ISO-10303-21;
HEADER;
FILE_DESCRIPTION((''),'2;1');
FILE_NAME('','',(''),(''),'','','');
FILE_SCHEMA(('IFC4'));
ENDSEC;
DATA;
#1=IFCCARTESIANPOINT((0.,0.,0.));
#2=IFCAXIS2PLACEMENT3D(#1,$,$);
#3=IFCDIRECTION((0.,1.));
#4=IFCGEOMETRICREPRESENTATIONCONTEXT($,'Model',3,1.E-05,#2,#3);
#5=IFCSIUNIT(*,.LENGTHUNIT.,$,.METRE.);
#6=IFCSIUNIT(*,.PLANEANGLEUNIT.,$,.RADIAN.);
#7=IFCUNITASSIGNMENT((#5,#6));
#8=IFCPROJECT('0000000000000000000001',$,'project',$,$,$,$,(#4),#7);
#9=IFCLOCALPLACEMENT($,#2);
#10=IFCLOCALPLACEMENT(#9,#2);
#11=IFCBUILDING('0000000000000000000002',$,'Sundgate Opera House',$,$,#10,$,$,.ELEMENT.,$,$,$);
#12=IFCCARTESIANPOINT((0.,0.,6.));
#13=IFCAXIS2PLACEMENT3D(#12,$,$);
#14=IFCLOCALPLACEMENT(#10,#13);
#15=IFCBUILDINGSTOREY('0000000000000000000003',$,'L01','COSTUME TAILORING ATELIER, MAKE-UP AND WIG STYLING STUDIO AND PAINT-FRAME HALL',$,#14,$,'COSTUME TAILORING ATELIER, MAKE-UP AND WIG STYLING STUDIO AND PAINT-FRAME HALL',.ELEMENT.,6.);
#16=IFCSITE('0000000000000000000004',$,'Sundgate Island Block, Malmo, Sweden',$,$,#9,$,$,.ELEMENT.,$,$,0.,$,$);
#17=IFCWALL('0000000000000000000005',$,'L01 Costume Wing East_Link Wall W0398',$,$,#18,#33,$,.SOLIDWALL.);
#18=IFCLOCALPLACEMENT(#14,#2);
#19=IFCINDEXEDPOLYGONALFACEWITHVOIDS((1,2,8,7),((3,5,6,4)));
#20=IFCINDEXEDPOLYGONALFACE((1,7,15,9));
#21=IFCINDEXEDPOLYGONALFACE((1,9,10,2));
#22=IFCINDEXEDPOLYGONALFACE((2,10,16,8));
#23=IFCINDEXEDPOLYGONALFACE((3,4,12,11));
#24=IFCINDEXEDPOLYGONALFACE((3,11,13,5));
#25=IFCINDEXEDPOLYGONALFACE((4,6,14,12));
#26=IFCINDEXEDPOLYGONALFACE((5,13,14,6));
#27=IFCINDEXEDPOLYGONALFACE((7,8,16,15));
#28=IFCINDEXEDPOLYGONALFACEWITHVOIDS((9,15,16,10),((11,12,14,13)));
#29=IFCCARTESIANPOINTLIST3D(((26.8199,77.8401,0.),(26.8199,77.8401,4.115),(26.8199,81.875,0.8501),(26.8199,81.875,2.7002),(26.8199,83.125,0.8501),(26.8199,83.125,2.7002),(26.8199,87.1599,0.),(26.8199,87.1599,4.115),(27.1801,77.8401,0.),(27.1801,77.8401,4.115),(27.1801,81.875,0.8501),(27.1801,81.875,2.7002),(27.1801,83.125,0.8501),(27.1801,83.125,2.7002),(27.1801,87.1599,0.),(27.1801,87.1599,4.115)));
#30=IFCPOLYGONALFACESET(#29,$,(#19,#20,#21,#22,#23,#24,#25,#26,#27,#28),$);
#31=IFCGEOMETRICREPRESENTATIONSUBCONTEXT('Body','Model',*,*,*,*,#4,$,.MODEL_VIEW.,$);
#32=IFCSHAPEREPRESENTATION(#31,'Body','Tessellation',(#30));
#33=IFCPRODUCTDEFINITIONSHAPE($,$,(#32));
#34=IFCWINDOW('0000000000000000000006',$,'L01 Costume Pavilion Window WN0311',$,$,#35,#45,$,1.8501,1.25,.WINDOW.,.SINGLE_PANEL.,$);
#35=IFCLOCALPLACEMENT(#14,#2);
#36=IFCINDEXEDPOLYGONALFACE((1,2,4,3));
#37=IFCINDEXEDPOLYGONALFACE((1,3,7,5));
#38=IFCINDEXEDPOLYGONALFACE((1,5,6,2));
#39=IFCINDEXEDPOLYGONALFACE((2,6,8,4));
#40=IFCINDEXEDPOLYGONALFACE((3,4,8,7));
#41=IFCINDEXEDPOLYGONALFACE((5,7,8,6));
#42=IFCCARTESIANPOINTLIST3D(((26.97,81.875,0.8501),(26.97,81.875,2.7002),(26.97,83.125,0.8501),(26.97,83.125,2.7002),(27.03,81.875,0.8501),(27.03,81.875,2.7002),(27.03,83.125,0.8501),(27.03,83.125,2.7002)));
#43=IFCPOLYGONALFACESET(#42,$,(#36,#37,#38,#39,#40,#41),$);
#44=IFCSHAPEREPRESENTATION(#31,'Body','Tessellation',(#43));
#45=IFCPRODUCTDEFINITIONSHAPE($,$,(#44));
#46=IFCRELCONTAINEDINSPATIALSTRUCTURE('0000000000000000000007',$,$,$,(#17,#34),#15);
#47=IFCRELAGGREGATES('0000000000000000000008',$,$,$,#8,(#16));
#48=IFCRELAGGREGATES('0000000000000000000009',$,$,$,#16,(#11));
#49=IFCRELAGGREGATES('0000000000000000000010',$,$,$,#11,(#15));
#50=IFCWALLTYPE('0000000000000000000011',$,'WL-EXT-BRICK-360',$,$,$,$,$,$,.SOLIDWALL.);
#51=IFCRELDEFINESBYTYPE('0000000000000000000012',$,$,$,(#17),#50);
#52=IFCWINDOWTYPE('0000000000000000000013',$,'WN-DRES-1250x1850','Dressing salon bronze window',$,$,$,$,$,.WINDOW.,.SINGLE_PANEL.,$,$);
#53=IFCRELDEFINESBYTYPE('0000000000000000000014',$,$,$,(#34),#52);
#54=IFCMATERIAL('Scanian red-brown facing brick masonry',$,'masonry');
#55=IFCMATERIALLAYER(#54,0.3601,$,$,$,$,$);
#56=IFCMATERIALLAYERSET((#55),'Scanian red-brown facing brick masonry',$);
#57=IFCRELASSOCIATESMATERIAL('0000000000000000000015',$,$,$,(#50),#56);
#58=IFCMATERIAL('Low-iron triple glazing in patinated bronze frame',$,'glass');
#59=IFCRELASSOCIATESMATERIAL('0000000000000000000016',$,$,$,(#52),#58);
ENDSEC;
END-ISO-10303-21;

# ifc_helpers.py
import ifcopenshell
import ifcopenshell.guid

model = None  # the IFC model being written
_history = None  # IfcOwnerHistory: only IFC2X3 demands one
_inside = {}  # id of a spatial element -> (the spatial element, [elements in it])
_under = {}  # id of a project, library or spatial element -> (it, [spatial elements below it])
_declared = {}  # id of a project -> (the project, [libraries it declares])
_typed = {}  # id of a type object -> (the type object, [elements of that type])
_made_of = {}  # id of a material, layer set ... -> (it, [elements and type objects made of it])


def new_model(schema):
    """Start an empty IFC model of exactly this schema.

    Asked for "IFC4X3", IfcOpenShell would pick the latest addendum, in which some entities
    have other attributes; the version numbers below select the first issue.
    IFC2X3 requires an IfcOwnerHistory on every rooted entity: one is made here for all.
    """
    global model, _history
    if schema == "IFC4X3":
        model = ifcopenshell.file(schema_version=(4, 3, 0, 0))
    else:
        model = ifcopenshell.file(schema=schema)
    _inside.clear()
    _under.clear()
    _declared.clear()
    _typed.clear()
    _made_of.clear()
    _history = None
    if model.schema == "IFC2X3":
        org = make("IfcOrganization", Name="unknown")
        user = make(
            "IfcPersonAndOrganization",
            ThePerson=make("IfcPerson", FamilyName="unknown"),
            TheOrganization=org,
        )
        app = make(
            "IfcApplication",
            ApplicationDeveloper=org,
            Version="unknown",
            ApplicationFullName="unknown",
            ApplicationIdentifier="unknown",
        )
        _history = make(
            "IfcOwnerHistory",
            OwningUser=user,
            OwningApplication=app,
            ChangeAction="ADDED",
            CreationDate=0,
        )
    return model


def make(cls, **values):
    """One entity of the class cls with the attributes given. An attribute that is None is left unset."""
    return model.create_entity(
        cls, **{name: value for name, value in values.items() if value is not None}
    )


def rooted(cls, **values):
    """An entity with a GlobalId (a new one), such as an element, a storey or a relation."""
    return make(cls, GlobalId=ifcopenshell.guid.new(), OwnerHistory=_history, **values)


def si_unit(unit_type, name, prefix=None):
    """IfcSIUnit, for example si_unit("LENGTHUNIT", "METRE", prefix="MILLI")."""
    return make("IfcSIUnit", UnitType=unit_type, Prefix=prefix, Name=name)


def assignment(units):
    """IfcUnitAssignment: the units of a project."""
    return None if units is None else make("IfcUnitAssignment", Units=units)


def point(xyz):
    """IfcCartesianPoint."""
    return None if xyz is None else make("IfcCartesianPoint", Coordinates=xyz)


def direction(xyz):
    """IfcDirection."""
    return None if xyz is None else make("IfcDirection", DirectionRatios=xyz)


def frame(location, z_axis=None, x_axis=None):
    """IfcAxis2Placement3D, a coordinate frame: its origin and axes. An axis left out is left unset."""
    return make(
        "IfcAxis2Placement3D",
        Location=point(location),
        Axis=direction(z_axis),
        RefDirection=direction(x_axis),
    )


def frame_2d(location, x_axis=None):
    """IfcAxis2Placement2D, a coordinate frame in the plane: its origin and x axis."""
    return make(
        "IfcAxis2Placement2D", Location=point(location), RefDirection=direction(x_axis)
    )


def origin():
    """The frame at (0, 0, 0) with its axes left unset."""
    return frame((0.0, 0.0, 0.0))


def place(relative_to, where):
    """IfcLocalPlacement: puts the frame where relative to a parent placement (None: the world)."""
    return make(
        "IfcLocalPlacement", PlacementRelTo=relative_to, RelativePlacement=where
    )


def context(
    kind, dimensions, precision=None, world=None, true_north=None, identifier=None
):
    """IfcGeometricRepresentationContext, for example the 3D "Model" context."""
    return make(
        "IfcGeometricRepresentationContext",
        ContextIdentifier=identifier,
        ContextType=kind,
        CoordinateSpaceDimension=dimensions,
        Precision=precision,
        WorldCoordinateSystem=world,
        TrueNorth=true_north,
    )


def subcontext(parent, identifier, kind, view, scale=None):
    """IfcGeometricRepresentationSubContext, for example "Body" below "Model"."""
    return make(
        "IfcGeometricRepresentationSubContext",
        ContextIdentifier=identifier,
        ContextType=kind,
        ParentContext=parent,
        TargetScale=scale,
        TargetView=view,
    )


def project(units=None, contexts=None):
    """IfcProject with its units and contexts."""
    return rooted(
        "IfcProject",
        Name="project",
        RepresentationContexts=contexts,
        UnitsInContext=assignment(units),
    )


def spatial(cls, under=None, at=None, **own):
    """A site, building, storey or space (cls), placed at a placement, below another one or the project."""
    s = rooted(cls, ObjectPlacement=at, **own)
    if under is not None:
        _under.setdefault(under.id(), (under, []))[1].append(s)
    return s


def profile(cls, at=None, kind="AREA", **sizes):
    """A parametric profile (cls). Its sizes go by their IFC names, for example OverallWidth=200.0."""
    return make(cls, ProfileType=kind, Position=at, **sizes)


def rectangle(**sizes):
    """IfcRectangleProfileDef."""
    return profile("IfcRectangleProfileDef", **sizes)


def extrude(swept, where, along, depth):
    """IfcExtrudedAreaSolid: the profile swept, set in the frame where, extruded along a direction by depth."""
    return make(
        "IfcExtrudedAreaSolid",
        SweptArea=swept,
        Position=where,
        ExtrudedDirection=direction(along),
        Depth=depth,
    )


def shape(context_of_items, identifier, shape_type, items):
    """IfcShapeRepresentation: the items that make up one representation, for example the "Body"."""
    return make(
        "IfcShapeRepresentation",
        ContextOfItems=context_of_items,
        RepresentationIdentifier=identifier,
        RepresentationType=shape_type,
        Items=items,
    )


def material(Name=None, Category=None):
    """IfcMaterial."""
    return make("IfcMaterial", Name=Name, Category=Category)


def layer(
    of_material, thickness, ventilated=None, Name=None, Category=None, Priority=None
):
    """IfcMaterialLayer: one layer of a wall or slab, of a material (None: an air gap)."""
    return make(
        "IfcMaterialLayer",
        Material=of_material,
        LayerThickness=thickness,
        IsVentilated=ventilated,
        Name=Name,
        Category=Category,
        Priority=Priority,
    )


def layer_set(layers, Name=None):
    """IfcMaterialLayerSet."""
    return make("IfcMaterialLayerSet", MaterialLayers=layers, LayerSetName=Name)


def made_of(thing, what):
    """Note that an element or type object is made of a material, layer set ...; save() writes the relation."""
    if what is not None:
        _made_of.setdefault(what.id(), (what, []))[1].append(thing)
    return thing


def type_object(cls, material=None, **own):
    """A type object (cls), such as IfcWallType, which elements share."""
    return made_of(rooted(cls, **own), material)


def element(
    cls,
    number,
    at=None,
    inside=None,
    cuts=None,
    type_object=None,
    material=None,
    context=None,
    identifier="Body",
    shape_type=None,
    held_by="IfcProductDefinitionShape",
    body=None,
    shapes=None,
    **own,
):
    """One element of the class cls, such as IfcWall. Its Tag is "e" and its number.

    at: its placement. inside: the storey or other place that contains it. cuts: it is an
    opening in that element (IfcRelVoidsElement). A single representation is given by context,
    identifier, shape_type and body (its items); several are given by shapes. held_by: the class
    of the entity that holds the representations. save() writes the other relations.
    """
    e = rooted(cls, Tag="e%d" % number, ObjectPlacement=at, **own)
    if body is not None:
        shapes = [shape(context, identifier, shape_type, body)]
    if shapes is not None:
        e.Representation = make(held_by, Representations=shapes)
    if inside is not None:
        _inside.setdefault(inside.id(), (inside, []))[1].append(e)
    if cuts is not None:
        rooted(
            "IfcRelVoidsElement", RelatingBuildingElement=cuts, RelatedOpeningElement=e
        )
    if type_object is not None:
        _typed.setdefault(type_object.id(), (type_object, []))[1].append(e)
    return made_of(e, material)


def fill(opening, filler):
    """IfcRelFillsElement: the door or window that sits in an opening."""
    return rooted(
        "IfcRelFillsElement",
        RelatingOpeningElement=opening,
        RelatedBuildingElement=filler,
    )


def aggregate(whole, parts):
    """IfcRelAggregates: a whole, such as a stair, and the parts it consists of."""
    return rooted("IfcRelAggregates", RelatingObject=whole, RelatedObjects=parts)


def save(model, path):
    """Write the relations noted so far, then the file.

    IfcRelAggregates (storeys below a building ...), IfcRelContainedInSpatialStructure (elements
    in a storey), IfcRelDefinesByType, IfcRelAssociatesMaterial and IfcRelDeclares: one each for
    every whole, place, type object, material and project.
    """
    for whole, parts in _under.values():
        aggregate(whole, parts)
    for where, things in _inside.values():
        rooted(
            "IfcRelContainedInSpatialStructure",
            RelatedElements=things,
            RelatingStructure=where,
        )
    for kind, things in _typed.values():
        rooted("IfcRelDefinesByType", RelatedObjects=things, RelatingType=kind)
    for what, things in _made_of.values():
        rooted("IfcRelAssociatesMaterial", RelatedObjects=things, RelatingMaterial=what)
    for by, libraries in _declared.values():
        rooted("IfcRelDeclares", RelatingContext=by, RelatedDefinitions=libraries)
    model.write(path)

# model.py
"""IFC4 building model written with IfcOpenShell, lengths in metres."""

from ifc_helpers import new_model, si_unit, direction, frame, frame_2d, origin, place, context, subcontext, project, spatial, rectangle, extrude, material, layer, layer_set, type_object, element, fill, save


model = new_model("IFC4")

# Units and contexts
model_context = context("Model", 3, precision=1e-05, world=origin(), true_north=direction((0.0, 1.0)))
body_context = subcontext(model_context, "Body", "Model", "MODEL_VIEW")
ifc_project = project(units=[si_unit("LENGTHUNIT", "METRE"), si_unit("PLANEANGLEUNIT", "RADIAN")], contexts=[model_context])

# Site, building, storey
site_placement = place(None, origin())
site = spatial("IfcSite", under=ifc_project, at=site_placement, Name="Sundgate Island Block, Malmo, Sweden", CompositionType="ELEMENT", RefElevation=0.0)
building_placement = place(site_placement, origin())
building = spatial("IfcBuilding", under=site, at=building_placement, Name="Sundgate Opera House", CompositionType="ELEMENT")
storey_placement = place(building_placement, frame((0.0, 0.0, 6.0)))
storey = spatial("IfcBuildingStorey", under=building, at=storey_placement, Name="L01", Description="COSTUME TAILORING ATELIER, MAKE-UP AND WIG STYLING STUDIO AND PAINT-FRAME HALL", LongName="COSTUME TAILORING ATELIER, MAKE-UP AND WIG STYLING STUDIO AND PAINT-FRAME HALL", CompositionType="ELEMENT", Elevation=6.0)

# Wall, opening, window
ifc_material_1 = material(Name="Scanian red-brown facing brick masonry", Category="masonry")
ifc_layer_1 = layer(ifc_material_1, 0.3601)
ifc_layer_set_1 = layer_set([ifc_layer_1], Name="Scanian red-brown facing brick masonry")
wall_type = type_object("IfcWallType", Name="WL-EXT-BRICK-360", PredefinedType="SOLIDWALL", material=ifc_layer_set_1)
wall_1_placement = place(storey_placement, frame((27.0, 77.8401, 0.0), z_axis=(0.0, 0.0, 1.0), x_axis=(0.0, 1.0, 0.0)))
wall_1 = element("IfcWall", 1, at=wall_1_placement, inside=storey, type_object=wall_type, Name="L01 Costume Wing East_Link Wall W0398", PredefinedType="SOLIDWALL", context=body_context, shape_type="SweptSolid", body=[
    extrude(rectangle(XDim=9.3198, YDim=0.3601, at=frame_2d((4.6599, 0.0))), origin(), (0.0, 0.0, 1.0), 4.115),
])
opening_1_placement = place(wall_1_placement, frame((4.0349, 0.0, 0.8501)))
opening_1 = element("IfcOpeningElement", 2, at=opening_1_placement, cuts=wall_1, PredefinedType="OPENING", context=body_context, shape_type="SweptSolid", body=[
    extrude(rectangle(XDim=1.25, YDim=1.8501, at=frame_2d((0.625, 0.925))), frame((0.0, 0.1899, 0.0), z_axis=(0.0, -1.0, 0.0), x_axis=(1.0, 0.0, 0.0)), (0.0, 0.0, 1.0), 0.3801),
])
ifc_material_2 = material(Name="Low-iron triple glazing in patinated bronze frame", Category="glass")
window_type_1 = type_object("IfcWindowType", Name="WN-DRES-1250x1850", Description="Dressing salon bronze window", PartitioningType="SINGLE_PANEL", PredefinedType="WINDOW", material=ifc_material_2)
window_1_placement = place(opening_1_placement, origin())
window_1 = element("IfcWindow", 3, at=window_1_placement, inside=storey, type_object=window_type_1, Name="L01 Costume Pavilion Window WN0311", OverallHeight=1.8501, OverallWidth=1.25, PartitioningType="SINGLE_PANEL", PredefinedType="WINDOW", context=body_context, shape_type="SweptSolid", body=[
    extrude(rectangle(XDim=1.25, YDim=1.8501, at=frame_2d((0.625, 0.925))), frame((0.0, 0.03, 0.0), z_axis=(0.0, -1.0, 0.0), x_axis=(1.0, 0.0, 0.0)), (0.0, 0.0, 1.0), 0.0601),
])
fill(opening_1, window_1)

save(model, "model.ifc")
